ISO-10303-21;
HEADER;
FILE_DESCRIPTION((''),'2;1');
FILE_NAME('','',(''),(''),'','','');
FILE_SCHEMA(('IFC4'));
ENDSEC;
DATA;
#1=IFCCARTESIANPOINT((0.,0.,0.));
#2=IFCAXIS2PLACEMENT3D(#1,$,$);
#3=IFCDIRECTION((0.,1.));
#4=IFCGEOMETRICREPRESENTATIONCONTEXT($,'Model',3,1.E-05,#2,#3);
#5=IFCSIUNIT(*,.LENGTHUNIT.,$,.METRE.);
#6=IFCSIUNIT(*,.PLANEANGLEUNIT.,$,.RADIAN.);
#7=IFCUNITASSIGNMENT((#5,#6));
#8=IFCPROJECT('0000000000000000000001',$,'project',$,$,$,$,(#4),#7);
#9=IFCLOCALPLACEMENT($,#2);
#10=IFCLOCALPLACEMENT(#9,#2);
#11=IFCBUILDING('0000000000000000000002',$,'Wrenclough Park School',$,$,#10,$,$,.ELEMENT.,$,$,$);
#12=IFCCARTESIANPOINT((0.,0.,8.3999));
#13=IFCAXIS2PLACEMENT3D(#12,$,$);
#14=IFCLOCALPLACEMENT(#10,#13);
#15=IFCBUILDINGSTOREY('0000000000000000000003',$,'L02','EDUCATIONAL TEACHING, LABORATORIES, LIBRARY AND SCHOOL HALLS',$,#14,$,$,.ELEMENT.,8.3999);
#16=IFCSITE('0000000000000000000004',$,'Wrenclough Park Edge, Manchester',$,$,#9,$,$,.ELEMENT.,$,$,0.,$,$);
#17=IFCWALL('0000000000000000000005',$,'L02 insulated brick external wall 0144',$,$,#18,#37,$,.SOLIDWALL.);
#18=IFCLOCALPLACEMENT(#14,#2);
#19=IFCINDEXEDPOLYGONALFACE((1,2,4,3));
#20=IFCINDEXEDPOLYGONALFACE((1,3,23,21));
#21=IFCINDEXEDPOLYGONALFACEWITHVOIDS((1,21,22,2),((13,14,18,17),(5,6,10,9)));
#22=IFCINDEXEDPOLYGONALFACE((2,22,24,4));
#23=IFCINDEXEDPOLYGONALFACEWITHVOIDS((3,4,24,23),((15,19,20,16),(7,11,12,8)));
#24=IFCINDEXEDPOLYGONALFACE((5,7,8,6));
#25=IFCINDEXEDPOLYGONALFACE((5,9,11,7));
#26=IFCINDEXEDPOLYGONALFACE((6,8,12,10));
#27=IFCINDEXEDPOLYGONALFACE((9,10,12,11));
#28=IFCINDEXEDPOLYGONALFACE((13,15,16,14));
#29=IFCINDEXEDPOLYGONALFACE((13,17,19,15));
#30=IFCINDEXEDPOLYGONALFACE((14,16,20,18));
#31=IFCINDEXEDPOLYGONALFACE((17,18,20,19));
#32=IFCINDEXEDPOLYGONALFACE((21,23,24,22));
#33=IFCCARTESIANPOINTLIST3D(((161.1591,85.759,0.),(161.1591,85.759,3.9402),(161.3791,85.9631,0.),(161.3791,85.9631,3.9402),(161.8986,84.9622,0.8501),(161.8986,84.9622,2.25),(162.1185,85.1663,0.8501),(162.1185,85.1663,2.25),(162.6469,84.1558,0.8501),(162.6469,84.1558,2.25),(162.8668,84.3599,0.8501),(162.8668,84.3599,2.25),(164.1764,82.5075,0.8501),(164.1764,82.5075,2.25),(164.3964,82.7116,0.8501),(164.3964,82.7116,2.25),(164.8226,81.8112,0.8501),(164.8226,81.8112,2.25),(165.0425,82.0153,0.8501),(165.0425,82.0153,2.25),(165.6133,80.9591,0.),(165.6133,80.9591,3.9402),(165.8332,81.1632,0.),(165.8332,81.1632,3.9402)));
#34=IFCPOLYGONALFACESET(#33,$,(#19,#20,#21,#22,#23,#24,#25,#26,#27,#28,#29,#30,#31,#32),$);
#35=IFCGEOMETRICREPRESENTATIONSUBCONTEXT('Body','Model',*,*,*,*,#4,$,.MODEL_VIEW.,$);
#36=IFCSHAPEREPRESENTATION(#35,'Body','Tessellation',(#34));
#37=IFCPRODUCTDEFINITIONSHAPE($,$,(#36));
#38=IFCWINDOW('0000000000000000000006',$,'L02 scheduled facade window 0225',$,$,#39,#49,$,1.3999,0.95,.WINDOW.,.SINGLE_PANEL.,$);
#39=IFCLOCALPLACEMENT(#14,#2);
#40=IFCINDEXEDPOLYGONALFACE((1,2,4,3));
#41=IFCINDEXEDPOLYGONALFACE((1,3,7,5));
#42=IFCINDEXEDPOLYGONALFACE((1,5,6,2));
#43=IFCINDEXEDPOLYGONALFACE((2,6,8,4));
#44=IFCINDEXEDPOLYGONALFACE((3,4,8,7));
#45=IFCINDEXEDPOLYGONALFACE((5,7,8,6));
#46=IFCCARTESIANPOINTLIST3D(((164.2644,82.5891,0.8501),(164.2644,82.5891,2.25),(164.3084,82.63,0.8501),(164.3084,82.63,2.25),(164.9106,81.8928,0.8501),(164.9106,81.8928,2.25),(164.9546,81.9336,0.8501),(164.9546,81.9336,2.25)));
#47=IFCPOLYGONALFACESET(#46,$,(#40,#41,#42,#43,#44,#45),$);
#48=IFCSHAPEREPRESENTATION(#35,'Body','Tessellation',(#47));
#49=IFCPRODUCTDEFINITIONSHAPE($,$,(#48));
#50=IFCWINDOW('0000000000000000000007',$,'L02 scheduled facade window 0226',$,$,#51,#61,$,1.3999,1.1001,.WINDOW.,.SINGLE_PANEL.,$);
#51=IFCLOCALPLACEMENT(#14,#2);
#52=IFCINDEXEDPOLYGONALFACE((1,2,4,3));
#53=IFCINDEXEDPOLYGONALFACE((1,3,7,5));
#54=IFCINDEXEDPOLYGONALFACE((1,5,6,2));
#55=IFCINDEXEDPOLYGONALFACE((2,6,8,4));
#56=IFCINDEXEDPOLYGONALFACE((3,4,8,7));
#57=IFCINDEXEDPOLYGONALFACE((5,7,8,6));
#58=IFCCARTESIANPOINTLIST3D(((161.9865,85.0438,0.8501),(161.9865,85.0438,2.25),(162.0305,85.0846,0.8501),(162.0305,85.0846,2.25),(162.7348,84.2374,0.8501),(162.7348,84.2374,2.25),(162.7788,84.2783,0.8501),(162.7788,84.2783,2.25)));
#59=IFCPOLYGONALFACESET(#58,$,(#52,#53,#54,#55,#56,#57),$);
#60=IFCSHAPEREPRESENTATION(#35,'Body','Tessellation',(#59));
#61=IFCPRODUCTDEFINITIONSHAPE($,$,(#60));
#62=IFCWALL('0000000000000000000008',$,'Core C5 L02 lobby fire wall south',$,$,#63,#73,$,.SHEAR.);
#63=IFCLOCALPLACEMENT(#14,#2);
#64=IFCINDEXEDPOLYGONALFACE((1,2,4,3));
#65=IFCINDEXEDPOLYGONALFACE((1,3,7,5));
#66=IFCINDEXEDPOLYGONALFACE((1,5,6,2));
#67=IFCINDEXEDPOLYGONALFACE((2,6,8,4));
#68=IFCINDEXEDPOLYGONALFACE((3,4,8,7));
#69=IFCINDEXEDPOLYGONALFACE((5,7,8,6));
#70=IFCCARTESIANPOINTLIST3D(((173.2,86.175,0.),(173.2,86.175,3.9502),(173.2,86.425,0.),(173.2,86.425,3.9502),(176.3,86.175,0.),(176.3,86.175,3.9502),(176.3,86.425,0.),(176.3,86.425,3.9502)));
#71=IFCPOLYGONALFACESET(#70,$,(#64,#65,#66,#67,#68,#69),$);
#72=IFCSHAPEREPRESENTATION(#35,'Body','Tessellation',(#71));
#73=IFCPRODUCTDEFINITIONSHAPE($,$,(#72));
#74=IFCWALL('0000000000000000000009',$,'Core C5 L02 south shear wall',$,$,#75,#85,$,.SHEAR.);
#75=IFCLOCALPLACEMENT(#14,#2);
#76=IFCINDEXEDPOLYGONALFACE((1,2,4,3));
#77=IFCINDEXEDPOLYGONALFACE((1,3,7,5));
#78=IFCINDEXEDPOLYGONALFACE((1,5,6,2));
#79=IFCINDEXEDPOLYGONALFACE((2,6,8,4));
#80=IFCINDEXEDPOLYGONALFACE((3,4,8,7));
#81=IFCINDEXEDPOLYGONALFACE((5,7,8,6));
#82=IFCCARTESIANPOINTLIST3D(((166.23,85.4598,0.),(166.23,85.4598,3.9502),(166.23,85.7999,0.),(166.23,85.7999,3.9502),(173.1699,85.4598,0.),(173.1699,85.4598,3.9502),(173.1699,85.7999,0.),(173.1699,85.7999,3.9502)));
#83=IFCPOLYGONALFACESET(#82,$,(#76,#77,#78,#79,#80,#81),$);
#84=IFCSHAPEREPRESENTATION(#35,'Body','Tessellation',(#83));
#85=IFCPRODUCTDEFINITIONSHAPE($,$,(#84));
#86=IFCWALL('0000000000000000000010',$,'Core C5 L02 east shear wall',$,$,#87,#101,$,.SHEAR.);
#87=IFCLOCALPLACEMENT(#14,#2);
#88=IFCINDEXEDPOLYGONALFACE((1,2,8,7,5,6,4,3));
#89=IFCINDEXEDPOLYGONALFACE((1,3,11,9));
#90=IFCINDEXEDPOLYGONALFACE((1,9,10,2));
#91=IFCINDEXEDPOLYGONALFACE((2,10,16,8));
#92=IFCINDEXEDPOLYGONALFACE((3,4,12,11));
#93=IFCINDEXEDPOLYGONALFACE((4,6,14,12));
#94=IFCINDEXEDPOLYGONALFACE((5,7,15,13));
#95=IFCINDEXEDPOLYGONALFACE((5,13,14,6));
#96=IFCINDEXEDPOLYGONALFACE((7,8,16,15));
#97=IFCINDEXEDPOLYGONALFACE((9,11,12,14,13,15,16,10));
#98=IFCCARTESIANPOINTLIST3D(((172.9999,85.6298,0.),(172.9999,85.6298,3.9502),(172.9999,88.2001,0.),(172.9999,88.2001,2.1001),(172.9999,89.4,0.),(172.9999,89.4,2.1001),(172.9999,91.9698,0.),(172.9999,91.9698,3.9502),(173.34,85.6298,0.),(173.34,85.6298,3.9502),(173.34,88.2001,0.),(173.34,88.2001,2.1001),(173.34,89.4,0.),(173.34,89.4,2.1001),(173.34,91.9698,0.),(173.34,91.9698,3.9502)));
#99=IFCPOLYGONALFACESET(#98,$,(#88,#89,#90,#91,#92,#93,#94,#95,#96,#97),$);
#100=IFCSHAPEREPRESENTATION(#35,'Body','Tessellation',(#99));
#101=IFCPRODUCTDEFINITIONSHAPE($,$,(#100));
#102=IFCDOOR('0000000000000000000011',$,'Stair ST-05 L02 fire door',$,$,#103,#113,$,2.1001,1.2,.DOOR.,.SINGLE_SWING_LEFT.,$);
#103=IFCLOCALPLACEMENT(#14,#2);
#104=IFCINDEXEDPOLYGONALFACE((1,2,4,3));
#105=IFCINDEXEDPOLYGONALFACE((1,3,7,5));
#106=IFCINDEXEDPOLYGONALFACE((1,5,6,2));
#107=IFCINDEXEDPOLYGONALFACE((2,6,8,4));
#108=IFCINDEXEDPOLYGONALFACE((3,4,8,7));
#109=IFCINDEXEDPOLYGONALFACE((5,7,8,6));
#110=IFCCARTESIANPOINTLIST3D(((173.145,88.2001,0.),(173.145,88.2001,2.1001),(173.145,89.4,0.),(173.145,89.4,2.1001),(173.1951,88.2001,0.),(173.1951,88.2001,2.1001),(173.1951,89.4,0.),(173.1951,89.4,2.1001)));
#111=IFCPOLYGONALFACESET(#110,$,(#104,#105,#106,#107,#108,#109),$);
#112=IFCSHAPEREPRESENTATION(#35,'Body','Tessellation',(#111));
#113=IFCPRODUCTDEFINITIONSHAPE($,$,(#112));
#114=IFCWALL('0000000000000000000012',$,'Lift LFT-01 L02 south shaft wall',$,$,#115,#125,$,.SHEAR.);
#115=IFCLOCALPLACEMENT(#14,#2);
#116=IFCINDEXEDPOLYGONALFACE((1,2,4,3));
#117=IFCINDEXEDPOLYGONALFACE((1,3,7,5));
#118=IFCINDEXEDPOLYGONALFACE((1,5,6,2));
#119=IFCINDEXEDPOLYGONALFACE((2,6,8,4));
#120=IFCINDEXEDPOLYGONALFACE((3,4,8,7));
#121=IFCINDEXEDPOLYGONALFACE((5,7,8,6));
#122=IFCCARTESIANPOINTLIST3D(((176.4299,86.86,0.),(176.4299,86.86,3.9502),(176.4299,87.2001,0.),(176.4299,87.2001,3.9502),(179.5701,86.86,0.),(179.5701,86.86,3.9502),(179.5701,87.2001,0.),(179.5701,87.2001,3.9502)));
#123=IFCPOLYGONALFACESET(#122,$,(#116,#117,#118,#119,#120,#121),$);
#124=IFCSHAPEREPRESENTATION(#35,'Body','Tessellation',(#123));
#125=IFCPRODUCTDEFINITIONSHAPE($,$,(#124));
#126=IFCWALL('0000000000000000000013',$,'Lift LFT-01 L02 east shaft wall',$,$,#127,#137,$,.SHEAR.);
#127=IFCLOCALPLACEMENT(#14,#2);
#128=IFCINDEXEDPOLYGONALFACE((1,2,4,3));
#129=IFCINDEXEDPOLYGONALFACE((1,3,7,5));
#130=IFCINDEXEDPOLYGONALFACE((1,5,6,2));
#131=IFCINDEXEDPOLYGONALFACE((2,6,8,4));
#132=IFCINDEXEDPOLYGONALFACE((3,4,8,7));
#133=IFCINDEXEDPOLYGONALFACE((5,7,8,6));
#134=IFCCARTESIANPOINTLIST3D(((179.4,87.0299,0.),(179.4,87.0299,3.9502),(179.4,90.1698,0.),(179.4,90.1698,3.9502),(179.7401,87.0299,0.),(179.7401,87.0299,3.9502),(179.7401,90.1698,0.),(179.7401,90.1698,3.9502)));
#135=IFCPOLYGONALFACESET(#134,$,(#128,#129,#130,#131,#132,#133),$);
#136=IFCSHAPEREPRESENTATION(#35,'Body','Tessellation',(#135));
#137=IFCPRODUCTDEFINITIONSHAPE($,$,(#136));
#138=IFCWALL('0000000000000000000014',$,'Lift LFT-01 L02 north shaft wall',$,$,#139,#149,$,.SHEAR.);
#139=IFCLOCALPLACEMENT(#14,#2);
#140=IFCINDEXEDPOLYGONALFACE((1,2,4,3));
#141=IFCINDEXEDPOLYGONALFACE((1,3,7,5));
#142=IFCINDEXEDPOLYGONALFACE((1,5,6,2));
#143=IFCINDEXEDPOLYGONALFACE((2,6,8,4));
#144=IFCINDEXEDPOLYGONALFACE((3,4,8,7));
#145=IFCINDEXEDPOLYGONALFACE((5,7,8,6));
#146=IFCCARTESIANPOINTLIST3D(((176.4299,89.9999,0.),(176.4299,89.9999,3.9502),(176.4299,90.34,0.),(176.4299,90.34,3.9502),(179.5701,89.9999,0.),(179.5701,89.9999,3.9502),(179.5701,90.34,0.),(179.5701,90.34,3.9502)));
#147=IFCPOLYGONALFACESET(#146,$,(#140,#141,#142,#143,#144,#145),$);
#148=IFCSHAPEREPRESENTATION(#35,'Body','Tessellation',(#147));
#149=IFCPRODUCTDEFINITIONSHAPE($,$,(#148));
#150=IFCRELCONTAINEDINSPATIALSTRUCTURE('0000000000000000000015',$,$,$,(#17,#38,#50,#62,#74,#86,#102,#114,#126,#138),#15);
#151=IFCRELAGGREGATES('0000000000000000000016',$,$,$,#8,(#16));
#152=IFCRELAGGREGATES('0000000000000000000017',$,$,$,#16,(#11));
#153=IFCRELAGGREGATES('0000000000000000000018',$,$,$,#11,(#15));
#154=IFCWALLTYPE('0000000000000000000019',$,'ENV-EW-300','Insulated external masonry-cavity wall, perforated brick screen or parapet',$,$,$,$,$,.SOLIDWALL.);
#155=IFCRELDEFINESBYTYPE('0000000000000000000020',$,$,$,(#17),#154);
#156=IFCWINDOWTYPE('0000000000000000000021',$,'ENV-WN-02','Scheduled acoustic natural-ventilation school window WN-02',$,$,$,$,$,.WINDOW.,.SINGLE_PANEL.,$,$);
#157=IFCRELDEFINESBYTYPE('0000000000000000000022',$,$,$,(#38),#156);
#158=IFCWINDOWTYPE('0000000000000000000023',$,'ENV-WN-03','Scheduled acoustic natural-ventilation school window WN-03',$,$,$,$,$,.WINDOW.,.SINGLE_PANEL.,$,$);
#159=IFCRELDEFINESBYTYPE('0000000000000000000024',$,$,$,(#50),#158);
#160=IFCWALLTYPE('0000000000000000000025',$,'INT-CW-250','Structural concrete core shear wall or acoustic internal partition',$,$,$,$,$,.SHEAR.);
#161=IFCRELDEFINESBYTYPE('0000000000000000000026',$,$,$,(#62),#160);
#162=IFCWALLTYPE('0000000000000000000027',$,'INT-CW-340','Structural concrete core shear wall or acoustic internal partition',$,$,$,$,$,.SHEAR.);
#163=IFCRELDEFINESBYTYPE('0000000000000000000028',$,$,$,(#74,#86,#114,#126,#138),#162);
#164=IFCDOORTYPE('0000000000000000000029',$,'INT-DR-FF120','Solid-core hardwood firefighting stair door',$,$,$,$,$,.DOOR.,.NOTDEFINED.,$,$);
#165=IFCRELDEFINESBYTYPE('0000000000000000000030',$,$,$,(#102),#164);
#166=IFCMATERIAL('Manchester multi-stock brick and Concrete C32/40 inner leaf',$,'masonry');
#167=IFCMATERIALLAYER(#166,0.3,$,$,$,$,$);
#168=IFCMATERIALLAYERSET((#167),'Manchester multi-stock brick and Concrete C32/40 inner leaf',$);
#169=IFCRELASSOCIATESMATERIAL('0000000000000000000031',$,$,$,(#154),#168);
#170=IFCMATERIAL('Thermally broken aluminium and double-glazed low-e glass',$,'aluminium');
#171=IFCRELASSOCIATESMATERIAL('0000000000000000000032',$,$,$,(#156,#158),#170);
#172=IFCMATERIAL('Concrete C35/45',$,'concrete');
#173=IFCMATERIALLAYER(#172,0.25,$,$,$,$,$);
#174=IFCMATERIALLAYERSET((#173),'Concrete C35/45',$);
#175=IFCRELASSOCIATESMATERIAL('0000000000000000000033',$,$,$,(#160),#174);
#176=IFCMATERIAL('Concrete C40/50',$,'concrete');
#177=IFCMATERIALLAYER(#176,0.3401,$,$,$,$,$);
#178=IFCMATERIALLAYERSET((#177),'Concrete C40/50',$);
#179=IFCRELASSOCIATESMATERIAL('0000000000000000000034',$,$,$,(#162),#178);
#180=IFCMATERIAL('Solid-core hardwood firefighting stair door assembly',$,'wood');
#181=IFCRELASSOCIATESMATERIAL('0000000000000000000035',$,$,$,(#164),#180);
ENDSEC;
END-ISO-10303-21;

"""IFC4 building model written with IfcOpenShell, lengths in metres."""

from ifc_helpers import new_model, si_unit, direction, frame, frame_2d, origin, place, context, subcontext, project, spatial, rectangle, extrude, material, layer, layer_set, type_object, element, fill, save


model = new_model("IFC4")

# Units and contexts
model_context = context("Model", 3, precision=1e-05, world=origin(), true_north=direction((0.0, 1.0)))
body_context = subcontext(model_context, "Body", "Model", "MODEL_VIEW")
ifc_project = project(units=[si_unit("LENGTHUNIT", "METRE"), si_unit("PLANEANGLEUNIT", "RADIAN")], contexts=[model_context])

# Site, building, storey
site_placement = place(None, origin())
site = spatial("IfcSite", under=ifc_project, at=site_placement, Name="Wrenclough Park Edge, Manchester", CompositionType="ELEMENT", RefElevation=0.0)
building_placement = place(site_placement, origin())
building = spatial("IfcBuilding", under=site, at=building_placement, Name="Wrenclough Park School", CompositionType="ELEMENT")
storey_placement = place(building_placement, frame((0.0, 0.0, 8.3999)))
storey = spatial("IfcBuildingStorey", under=building, at=storey_placement, Name="L02", Description="EDUCATIONAL TEACHING, LABORATORIES, LIBRARY AND SCHOOL HALLS", CompositionType="ELEMENT", Elevation=8.3999)

# Shared definitions
ifc_material_1 = material(Name="Concrete C40/50", Category="concrete")

# Shared definitions
ifc_material_2 = material(Name="Concrete C35/45", Category="concrete")

# Wall, openings, windows
ifc_material_3 = material(Name="Manchester multi-stock brick and Concrete C32/40 inner leaf", Category="masonry")
ifc_layer_1 = layer(ifc_material_3, 0.3)
ifc_layer_set_1 = layer_set([ifc_layer_1], Name="Manchester multi-stock brick and Concrete C32/40 inner leaf")
wall_type_1 = type_object("IfcWallType", Name="ENV-EW-300", Description="Insulated external masonry-cavity wall, perforated brick screen or parapet", PredefinedType="SOLIDWALL", material=ifc_layer_set_1)
wall_1_placement = place(storey_placement, frame((165.7231, 81.0613, 0.0), z_axis=(0.0, 0.0, 1.0), x_axis=(-0.680217, 0.733011, 0.0)))
wall_1 = element("IfcWall", 1, at=wall_1_placement, inside=storey, type_object=wall_type_1, Name="L02 insulated brick external wall 0144", PredefinedType="SOLIDWALL", context=body_context, shape_type="SweptSolid", body=[
    extrude(rectangle(XDim=6.5481, YDim=0.3, at=frame_2d((3.2739, 0.0))), origin(), (0.0, 0.0, 1.0), 3.9402),
])
opening_1_placement = place(wall_1_placement, frame((1.1621, 0.0, 0.8501)))
opening_1 = element("IfcOpeningElement", 2, at=opening_1_placement, cuts=wall_1, PredefinedType="OPENING", context=body_context, shape_type="SweptSolid", body=[
    extrude(rectangle(XDim=0.95, YDim=1.3999, at=frame_2d((0.4751, 0.7))), frame((0.0, 0.1599, 0.0), z_axis=(0.0, -1.0, 0.0), x_axis=(1.0, 0.0, 0.0)), (0.0, 0.0, 1.0), 0.3201),
])
opening_2_placement = place(wall_1_placement, frame((4.3608, 0.0, 0.8501)))
opening_2 = element("IfcOpeningElement", 3, at=opening_2_placement, cuts=wall_1, PredefinedType="OPENING", context=body_context, shape_type="SweptSolid", body=[
    extrude(rectangle(XDim=1.1001, YDim=1.3999, at=frame_2d((0.55, 0.7))), frame((0.0, 0.1599, 0.0), z_axis=(0.0, -1.0, 0.0), x_axis=(1.0, 0.0, 0.0)), (0.0, 0.0, 1.0), 0.3201),
])
ifc_material_4 = material(Name="Thermally broken aluminium and double-glazed low-e glass", Category="aluminium")
window_type_1 = type_object("IfcWindowType", Name="ENV-WN-02", Description="Scheduled acoustic natural-ventilation school window WN-02", PartitioningType="SINGLE_PANEL", PredefinedType="WINDOW", material=ifc_material_4)
window_1_placement = place(opening_1_placement, origin())
window_1 = element("IfcWindow", 4, at=window_1_placement, inside=storey, type_object=window_type_1, Name="L02 scheduled facade window 0225", OverallHeight=1.3999, OverallWidth=0.95, PartitioningType="SINGLE_PANEL", PredefinedType="WINDOW", context=body_context, shape_type="SweptSolid", body=[
    extrude(rectangle(XDim=0.95, YDim=1.3999, at=frame_2d((0.4751, 0.7))), frame((0.0, 0.03, 0.0), z_axis=(0.0, -1.0, 0.0), x_axis=(1.0, 0.0, 0.0)), (0.0, 0.0, 1.0), 0.0601),
])
fill(opening_1, window_1)
window_type_2 = type_object("IfcWindowType", Name="ENV-WN-03", Description="Scheduled acoustic natural-ventilation school window WN-03", PartitioningType="SINGLE_PANEL", PredefinedType="WINDOW", material=ifc_material_4)
window_2_placement = place(opening_2_placement, origin())
window_2 = element("IfcWindow", 5, at=window_2_placement, inside=storey, type_object=window_type_2, Name="L02 scheduled facade window 0226", OverallHeight=1.3999, OverallWidth=1.1001, PartitioningType="SINGLE_PANEL", PredefinedType="WINDOW", context=body_context, shape_type="SweptSolid", body=[
    extrude(rectangle(XDim=1.1001, YDim=1.3999, at=frame_2d((0.55, 0.7))), frame((0.0, 0.03, 0.0), z_axis=(0.0, -1.0, 0.0), x_axis=(1.0, 0.0, 0.0)), (0.0, 0.0, 1.0), 0.0601),
])
fill(opening_2, window_2)

# Walls
ifc_layer_2 = layer(ifc_material_2, 0.25)
ifc_layer_set_2 = layer_set([ifc_layer_2], Name="Concrete C35/45")
wall_type_2 = type_object("IfcWallType", Name="INT-CW-250", Description="Structural concrete core shear wall or acoustic internal partition", PredefinedType="SHEAR", material=ifc_layer_set_2)
wall_2_placement = place(storey_placement, frame((173.2, 86.3, 0.0), z_axis=(0.0, 0.0, 1.0), x_axis=(1.0, 0.0, 0.0)))
element("IfcWall", 6, at=wall_2_placement, inside=storey, type_object=wall_type_2, Name="Core C5 L02 lobby fire wall south", PredefinedType="SHEAR", context=body_context, shape_type="SweptSolid", body=[
    extrude(rectangle(XDim=3.1001, YDim=0.25, at=frame_2d((1.55, 0.0))), origin(), (0.0, 0.0, 1.0), 3.9502),
])
ifc_layer_3 = layer(ifc_material_1, 0.3401)
ifc_layer_set_3 = layer_set([ifc_layer_3], Name="Concrete C40/50")
wall_type_3 = type_object("IfcWallType", Name="INT-CW-340", Description="Structural concrete core shear wall or acoustic internal partition", PredefinedType="SHEAR", material=ifc_layer_set_3)
wall_3_placement = place(storey_placement, frame((166.23, 85.6299, 0.0), z_axis=(0.0, 0.0, 1.0), x_axis=(1.0, 0.0, 0.0)))
element("IfcWall", 7, at=wall_3_placement, inside=storey, type_object=wall_type_3, Name="Core C5 L02 south shear wall", PredefinedType="SHEAR", context=body_context, shape_type="SweptSolid", body=[
    extrude(rectangle(XDim=6.9399, YDim=0.3401, at=frame_2d((3.47, 0.0))), origin(), (0.0, 0.0, 1.0), 3.9502),
])

# Wall, opening, door
wall_4_placement = place(storey_placement, frame((173.1699, 85.6299, 0.0), z_axis=(0.0, 0.0, 1.0), x_axis=(0.0, 1.0, 0.0)))
wall_4 = element("IfcWall", 8, at=wall_4_placement, inside=storey, type_object=wall_type_3, Name="Core C5 L02 east shear wall", PredefinedType="SHEAR", context=body_context, shape_type="SweptSolid", body=[
    extrude(rectangle(XDim=6.3401, YDim=0.3401, at=frame_2d((3.1699, 0.0))), origin(), (0.0, 0.0, 1.0), 3.9502),
])
opening_3_placement = place(wall_4_placement, frame((2.5701, 0.0, 0.0)))
opening_3 = element("IfcOpeningElement", 9, at=opening_3_placement, cuts=wall_4, PredefinedType="OPENING", context=body_context, shape_type="SweptSolid", body=[
    extrude(rectangle(XDim=1.2, YDim=2.1001, at=frame_2d((0.6001, 1.05))), frame((0.0, 0.1799, 0.0), z_axis=(0.0, -1.0, 0.0), x_axis=(1.0, 0.0, 0.0)), (0.0, 0.0, 1.0), 0.3601),
])
ifc_material_5 = material(Name="Solid-core hardwood firefighting stair door assembly", Category="wood")
door_type_1 = type_object("IfcDoorType", Name="INT-DR-FF120", Description="Solid-core hardwood firefighting stair door", OperationType="NOTDEFINED", PredefinedType="DOOR", material=ifc_material_5)
door_1_placement = place(opening_3_placement, origin())
door_1 = element("IfcDoor", 10, at=door_1_placement, inside=storey, type_object=door_type_1, Name="Stair ST-05 L02 fire door", OperationType="SINGLE_SWING_LEFT", OverallHeight=2.1001, OverallWidth=1.2, PredefinedType="DOOR", context=body_context, shape_type="SweptSolid", body=[
    extrude(rectangle(XDim=1.2, YDim=2.1001, at=frame_2d((0.6001, 1.05))), frame((0.0, 0.0249, 0.0), z_axis=(0.0, -1.0, 0.0), x_axis=(1.0, 0.0, 0.0)), (0.0, 0.0, 1.0), 0.05),
])
fill(opening_3, door_1)

# Walls
wall_5_placement = place(storey_placement, frame((176.4299, 87.03, 0.0), z_axis=(0.0, 0.0, 1.0), x_axis=(1.0, 0.0, 0.0)))
element("IfcWall", 11, at=wall_5_placement, inside=storey, type_object=wall_type_3, Name="Lift LFT-01 L02 south shaft wall", PredefinedType="SHEAR", context=body_context, shape_type="SweptSolid", body=[
    extrude(rectangle(XDim=3.1401, YDim=0.3401, at=frame_2d((1.5701, 0.0))), origin(), (0.0, 0.0, 1.0), 3.9502),
])
wall_6_placement = place(storey_placement, frame((179.5701, 87.03, 0.0), z_axis=(0.0, 0.0, 1.0), x_axis=(0.0, 1.0, 0.0)))
element("IfcWall", 12, at=wall_6_placement, inside=storey, type_object=wall_type_3, Name="Lift LFT-01 L02 east shaft wall", PredefinedType="SHEAR", context=body_context, shape_type="SweptSolid", body=[
    extrude(rectangle(XDim=3.1399, YDim=0.3401, at=frame_2d((1.5698, 0.0))), origin(), (0.0, 0.0, 1.0), 3.9502),
])
wall_7_placement = place(storey_placement, frame((179.5701, 90.1699, 0.0), z_axis=(0.0, 0.0, 1.0), x_axis=(-1.0, 0.0, 0.0)))
element("IfcWall", 13, at=wall_7_placement, inside=storey, type_object=wall_type_3, Name="Lift LFT-01 L02 north shaft wall", PredefinedType="SHEAR", context=body_context, shape_type="SweptSolid", body=[
    extrude(rectangle(XDim=3.1401, YDim=0.3401, at=frame_2d((1.5701, 0.0))), origin(), (0.0, 0.0, 1.0), 3.9502),
])

save(model, "model.ifc")
